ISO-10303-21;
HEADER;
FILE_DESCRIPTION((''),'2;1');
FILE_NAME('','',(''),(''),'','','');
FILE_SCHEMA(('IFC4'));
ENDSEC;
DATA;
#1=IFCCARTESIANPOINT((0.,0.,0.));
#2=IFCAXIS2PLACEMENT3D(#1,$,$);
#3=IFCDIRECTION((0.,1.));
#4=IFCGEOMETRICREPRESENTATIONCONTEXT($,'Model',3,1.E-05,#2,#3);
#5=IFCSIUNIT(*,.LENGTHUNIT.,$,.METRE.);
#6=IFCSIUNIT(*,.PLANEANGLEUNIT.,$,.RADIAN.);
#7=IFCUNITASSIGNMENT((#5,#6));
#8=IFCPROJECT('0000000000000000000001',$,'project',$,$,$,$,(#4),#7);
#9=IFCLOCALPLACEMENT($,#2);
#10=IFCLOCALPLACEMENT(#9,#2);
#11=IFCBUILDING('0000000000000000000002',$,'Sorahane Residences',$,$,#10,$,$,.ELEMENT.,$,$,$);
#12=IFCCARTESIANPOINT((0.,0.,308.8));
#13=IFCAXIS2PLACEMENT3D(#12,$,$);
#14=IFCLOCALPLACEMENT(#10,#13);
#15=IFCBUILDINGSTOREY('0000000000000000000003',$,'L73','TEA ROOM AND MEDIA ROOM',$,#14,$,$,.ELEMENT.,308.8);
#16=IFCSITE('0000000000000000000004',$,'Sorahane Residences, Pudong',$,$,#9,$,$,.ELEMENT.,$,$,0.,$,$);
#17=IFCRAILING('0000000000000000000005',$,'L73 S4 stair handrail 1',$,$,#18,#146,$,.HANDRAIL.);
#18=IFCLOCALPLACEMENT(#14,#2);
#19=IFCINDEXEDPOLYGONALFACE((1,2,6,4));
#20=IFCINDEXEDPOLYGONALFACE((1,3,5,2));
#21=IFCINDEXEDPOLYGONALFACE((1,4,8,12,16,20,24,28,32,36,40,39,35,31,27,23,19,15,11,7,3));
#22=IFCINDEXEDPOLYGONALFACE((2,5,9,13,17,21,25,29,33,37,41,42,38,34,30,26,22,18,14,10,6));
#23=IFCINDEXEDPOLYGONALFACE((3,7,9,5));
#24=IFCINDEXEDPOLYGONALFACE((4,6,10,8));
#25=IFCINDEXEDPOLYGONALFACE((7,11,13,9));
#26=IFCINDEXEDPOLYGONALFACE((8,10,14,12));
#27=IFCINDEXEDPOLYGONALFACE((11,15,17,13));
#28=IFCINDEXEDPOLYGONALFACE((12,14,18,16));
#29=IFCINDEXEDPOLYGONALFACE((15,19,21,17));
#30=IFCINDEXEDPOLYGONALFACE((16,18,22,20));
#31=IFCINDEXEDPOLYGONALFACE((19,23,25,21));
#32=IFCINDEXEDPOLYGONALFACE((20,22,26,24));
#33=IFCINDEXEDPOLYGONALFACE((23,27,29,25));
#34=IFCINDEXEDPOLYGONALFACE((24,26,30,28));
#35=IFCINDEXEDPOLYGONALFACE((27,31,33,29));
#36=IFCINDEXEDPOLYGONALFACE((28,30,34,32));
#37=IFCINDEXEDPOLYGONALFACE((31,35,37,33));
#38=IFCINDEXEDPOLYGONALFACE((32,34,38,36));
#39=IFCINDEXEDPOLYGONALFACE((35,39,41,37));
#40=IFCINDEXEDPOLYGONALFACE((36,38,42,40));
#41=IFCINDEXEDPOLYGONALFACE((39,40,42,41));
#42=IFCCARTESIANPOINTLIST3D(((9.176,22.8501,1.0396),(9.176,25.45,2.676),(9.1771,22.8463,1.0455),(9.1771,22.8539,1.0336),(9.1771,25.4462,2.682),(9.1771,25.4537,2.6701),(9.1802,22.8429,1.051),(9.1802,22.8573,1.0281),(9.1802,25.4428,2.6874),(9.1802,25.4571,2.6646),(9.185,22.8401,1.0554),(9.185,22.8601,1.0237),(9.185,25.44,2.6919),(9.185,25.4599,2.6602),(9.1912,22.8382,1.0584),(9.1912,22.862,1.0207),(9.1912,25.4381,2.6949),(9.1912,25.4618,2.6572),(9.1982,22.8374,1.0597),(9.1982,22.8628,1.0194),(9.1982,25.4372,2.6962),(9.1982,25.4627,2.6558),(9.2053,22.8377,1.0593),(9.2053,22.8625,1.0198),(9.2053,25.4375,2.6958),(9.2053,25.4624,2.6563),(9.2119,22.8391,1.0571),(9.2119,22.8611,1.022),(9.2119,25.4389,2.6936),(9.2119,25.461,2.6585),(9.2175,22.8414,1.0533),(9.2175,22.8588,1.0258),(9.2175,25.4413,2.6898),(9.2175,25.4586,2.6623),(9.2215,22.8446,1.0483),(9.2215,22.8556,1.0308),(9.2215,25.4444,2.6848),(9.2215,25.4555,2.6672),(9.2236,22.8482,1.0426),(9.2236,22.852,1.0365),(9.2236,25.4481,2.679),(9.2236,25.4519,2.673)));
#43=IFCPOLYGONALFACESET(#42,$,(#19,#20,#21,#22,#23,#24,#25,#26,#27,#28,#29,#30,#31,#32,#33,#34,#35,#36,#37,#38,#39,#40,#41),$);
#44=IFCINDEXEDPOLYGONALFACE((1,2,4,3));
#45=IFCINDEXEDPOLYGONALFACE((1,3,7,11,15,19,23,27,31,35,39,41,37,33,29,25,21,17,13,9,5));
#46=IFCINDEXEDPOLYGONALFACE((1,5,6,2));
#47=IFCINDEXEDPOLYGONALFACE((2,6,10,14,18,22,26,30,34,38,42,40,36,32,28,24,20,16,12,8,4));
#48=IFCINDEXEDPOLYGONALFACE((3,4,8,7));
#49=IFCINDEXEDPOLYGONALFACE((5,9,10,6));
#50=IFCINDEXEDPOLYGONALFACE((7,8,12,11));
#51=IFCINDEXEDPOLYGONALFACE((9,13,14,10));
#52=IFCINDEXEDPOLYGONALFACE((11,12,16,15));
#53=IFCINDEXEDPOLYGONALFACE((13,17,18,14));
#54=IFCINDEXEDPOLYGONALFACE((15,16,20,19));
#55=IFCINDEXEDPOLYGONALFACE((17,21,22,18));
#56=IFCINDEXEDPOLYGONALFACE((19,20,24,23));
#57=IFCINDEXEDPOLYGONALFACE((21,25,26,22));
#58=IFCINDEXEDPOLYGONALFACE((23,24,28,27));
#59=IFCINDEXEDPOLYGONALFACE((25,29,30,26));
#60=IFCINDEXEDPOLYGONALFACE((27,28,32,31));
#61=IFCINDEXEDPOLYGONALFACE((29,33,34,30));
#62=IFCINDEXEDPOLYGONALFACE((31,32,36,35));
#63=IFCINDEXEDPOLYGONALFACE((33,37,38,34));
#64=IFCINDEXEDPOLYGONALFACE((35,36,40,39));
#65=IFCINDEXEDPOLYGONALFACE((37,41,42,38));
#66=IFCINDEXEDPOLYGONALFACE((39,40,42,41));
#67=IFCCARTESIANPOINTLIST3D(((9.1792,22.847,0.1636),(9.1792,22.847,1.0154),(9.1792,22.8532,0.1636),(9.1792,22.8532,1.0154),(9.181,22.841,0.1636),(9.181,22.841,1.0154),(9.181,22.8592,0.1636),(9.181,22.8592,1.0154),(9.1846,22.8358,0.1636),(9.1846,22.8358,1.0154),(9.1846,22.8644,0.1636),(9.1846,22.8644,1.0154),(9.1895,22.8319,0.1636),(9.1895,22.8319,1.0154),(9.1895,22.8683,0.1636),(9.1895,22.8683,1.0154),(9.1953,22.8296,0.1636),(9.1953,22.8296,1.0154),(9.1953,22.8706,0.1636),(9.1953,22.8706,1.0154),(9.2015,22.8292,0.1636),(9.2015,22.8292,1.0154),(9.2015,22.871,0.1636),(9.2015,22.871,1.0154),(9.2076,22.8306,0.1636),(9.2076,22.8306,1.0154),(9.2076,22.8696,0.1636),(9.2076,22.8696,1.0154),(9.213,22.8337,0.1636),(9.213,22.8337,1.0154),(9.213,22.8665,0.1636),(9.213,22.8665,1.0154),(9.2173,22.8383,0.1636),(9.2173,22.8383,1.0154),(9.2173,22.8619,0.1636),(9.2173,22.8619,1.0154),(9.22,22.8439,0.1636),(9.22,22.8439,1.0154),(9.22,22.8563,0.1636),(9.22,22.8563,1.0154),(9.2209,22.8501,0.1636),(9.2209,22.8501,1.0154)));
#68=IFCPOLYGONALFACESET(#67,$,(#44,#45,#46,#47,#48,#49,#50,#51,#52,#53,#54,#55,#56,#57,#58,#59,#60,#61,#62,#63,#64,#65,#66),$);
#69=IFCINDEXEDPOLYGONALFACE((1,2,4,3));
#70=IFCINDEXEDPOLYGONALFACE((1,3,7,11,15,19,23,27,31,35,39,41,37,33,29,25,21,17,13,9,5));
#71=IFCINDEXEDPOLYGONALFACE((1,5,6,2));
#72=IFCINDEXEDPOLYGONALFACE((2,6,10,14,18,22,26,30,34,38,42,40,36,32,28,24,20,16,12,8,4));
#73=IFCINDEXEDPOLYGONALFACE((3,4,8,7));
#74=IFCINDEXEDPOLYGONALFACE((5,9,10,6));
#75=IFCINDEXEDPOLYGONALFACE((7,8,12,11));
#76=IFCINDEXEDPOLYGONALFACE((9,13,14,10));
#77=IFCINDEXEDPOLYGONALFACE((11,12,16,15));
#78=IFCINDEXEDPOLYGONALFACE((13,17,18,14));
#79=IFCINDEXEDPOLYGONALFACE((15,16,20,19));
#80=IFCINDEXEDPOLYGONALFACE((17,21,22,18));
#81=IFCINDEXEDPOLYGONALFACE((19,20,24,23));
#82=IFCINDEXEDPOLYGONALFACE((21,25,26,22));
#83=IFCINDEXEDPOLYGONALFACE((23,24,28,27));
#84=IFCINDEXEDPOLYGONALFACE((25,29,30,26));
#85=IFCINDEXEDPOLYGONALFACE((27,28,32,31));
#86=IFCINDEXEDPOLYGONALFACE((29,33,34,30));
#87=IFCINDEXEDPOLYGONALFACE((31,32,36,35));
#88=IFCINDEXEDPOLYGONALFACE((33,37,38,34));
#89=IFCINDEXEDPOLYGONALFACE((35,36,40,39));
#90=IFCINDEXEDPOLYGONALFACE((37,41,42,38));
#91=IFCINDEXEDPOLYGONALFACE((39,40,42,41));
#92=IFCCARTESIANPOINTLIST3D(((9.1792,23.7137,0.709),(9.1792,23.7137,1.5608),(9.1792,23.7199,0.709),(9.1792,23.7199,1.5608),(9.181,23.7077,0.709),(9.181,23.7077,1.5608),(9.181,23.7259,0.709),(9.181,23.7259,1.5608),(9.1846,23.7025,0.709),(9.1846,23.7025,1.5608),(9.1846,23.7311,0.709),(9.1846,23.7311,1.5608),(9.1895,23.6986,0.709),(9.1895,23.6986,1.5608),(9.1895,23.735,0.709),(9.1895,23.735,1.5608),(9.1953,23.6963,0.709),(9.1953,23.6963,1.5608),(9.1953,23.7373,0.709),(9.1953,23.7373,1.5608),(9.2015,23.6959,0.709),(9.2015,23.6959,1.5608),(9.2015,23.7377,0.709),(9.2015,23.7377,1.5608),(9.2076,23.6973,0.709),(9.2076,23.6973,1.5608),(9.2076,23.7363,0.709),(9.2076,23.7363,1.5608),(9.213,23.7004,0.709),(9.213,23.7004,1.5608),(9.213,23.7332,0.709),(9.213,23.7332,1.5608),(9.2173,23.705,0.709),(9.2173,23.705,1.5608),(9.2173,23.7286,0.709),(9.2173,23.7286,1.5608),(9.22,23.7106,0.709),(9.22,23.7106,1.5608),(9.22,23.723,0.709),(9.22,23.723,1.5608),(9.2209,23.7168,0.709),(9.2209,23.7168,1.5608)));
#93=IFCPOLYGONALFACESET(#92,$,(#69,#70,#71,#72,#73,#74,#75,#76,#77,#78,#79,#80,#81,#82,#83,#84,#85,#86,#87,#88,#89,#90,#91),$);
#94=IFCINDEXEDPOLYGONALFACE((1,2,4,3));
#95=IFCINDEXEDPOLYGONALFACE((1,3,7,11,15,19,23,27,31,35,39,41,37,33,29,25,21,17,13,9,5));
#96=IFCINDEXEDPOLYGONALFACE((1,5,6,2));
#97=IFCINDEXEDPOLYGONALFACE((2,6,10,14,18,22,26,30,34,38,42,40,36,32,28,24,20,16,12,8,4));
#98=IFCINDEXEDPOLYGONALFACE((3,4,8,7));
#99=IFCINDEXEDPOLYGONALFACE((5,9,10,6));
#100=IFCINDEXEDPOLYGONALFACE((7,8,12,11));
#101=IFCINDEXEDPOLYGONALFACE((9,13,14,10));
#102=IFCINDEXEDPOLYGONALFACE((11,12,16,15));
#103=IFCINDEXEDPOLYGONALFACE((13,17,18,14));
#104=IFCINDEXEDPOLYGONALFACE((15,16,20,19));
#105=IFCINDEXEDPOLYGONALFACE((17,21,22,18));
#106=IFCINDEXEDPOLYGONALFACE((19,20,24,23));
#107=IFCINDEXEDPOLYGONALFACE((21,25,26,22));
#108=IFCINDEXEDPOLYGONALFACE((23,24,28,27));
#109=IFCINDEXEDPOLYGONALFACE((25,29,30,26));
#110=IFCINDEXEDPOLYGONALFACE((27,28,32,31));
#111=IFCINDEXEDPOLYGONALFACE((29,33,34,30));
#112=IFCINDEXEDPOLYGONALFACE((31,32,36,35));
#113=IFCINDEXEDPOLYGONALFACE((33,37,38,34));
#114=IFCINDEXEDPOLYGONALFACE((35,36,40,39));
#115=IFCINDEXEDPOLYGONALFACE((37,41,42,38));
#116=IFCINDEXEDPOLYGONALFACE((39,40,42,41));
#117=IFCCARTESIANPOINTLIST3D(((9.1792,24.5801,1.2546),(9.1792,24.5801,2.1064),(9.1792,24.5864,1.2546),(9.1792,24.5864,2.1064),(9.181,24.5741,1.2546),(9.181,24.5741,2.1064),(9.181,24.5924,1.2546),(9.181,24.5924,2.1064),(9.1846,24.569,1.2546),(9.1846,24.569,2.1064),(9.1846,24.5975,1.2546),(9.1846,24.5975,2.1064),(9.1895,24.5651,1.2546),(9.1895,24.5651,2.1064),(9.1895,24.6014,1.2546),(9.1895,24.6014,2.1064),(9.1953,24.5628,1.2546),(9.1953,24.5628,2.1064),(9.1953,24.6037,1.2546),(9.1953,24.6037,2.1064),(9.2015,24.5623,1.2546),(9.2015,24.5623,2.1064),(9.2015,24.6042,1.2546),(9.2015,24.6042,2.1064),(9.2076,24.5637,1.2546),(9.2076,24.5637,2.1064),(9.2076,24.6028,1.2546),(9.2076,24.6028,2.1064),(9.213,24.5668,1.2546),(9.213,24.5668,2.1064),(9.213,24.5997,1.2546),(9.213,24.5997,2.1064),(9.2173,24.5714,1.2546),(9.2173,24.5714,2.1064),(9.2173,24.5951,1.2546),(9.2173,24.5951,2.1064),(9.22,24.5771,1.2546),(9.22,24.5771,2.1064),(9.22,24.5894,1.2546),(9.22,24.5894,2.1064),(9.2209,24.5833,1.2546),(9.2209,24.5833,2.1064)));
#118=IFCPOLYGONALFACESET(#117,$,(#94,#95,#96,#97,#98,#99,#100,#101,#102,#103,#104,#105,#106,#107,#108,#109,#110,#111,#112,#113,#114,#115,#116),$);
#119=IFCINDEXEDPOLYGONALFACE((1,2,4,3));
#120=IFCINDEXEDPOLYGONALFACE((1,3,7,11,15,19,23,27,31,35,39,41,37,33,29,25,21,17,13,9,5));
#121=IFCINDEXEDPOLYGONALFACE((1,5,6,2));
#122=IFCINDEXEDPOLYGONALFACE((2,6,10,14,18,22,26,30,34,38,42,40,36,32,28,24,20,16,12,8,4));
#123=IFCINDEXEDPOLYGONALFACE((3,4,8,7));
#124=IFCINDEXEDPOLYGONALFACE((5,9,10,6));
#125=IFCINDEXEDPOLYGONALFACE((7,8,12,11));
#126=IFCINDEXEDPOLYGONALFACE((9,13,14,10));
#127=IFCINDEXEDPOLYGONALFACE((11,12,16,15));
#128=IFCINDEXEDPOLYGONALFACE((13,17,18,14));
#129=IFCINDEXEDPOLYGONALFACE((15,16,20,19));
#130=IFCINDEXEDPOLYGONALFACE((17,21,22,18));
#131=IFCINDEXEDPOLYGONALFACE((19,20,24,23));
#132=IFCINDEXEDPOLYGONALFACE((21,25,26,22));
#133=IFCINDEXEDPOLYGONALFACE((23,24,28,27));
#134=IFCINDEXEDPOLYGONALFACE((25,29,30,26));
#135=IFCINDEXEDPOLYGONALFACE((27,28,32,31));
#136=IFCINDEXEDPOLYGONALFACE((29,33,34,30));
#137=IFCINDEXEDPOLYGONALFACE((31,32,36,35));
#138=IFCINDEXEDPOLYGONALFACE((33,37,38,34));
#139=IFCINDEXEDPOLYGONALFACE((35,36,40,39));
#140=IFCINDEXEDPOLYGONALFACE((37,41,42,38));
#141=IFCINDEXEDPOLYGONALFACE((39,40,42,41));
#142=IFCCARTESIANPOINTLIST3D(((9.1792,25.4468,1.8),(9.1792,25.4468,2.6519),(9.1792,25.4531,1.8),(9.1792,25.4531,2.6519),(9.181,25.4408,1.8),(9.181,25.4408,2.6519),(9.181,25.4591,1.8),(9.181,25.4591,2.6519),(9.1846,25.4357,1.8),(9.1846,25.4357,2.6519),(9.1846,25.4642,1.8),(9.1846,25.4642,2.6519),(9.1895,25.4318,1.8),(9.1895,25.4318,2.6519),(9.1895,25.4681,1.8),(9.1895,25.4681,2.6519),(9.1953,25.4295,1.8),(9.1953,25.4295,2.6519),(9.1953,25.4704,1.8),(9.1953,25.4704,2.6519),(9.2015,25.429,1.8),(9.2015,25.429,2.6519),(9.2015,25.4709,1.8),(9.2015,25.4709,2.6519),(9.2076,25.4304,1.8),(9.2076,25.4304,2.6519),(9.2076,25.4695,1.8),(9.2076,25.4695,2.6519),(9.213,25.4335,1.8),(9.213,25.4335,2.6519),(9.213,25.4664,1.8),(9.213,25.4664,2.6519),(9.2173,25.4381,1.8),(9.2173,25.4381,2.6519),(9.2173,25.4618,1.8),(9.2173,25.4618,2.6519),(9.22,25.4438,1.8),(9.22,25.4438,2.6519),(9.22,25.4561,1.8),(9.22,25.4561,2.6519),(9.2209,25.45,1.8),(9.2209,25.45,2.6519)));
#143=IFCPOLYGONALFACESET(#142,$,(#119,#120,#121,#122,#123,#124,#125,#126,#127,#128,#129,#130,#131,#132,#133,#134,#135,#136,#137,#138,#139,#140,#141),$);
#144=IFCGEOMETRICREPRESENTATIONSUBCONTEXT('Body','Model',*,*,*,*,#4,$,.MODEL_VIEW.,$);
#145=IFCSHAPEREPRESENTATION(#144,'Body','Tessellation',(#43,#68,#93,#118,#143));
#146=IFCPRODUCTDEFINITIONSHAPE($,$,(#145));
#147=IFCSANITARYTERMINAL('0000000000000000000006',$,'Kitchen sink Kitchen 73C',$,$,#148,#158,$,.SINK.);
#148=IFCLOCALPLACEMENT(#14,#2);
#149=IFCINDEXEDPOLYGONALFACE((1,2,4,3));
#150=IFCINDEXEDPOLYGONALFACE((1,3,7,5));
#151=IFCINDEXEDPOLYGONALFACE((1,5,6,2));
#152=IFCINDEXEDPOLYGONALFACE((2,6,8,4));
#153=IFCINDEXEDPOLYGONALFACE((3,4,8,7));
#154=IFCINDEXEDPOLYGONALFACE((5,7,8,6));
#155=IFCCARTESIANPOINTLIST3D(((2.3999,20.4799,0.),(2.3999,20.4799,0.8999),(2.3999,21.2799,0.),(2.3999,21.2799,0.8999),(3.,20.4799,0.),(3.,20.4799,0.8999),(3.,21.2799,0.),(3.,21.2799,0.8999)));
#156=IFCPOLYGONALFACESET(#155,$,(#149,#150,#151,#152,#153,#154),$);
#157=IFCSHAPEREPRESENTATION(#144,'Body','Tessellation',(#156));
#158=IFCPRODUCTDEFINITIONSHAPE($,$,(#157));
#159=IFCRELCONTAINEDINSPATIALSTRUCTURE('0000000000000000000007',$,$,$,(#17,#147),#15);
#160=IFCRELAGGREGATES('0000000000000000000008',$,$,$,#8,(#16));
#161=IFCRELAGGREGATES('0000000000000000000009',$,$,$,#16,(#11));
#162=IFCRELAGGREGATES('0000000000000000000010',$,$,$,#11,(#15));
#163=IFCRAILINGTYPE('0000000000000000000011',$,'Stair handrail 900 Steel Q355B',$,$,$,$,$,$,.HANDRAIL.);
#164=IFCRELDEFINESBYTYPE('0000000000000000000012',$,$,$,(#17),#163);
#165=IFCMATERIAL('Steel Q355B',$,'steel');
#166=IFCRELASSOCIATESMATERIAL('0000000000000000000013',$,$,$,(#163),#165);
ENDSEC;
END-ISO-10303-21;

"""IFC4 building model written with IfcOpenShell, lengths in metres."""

from ifc_helpers import new_model, si_unit, direction, frame, origin, origin_2d, place, context, subcontext, project, spatial, rectangle, circle, extrude, material, type_object, element, save


model = new_model("IFC4")

# Units and contexts
model_context = context("Model", 3, precision=1e-05, world=origin(), true_north=direction((0.0, 1.0)))
body_context = subcontext(model_context, "Body", "Model", "MODEL_VIEW")
ifc_project = project(units=[si_unit("LENGTHUNIT", "METRE"), si_unit("PLANEANGLEUNIT", "RADIAN")], contexts=[model_context])

# Site, building, storey
site_placement = place(None, origin())
site = spatial("IfcSite", under=ifc_project, at=site_placement, Name="Sorahane Residences, Pudong", CompositionType="ELEMENT", RefElevation=0.0)
building_placement = place(site_placement, origin())
building = spatial("IfcBuilding", under=site, at=building_placement, Name="Sorahane Residences", CompositionType="ELEMENT")
storey_placement = place(building_placement, frame((0.0, 0.0, 308.8)))
storey = spatial("IfcBuildingStorey", under=building, at=storey_placement, Name="L73", Description="TEA ROOM AND MEDIA ROOM", CompositionType="ELEMENT", Elevation=308.8)

# Railing
ifc_material_1 = material(Name="Steel Q355B", Category="steel")
railing_type_1 = type_object("IfcRailingType", Name="Stair handrail 900 Steel Q355B", PredefinedType="HANDRAIL", material=ifc_material_1)
railing_1_placement = place(storey_placement, frame((9.2, 22.8501, 0.1636)))
element("IfcRailing", 1, at=railing_1_placement, inside=storey, type_object=railing_type_1, Name="L73 S4 stair handrail 1", PredefinedType="HANDRAIL", context=body_context, shape_type="SweptSolid", body=[
    extrude(circle(Radius=0.0239, at=origin_2d()), frame((0.0, 0.0, 0.876), z_axis=(0.0, 0.846302, 0.532704), x_axis=(-1.0, 0.0, 0.0)), (0.0, 0.0, 1.0), 3.072),
    extrude(circle(Radius=0.021, at=origin_2d()), origin(), (0.0, 0.0, 1.0), 0.8518),
    extrude(circle(Radius=0.021, at=origin_2d()), frame((0.0, 0.8667, 0.5454)), (0.0, 0.0, 1.0), 0.8518),
    extrude(circle(Radius=0.021, at=origin_2d()), frame((0.0, 1.7332, 1.0911)), (0.0, 0.0, 1.0), 0.8518),
    extrude(circle(Radius=0.021, at=origin_2d()), frame((0.0, 2.5999, 1.6365)), (0.0, 0.0, 1.0), 0.8518),
])

# Sanitary terminal
sanitary_terminal_placement = place(storey_placement, frame((2.7, 20.8799, 0.0), z_axis=(0.0, 0.0, 1.0), x_axis=(0.0, -1.0, 0.0)))
element("IfcSanitaryTerminal", 2, at=sanitary_terminal_placement, inside=storey, Name="Kitchen sink Kitchen 73C", PredefinedType="SINK", context=body_context, shape_type="SweptSolid", body=[
    extrude(rectangle(XDim=0.8, YDim=0.6001, at=origin_2d()), origin(), (0.0, 0.0, 1.0), 0.8999),
])

save(model, "model.ifc")
